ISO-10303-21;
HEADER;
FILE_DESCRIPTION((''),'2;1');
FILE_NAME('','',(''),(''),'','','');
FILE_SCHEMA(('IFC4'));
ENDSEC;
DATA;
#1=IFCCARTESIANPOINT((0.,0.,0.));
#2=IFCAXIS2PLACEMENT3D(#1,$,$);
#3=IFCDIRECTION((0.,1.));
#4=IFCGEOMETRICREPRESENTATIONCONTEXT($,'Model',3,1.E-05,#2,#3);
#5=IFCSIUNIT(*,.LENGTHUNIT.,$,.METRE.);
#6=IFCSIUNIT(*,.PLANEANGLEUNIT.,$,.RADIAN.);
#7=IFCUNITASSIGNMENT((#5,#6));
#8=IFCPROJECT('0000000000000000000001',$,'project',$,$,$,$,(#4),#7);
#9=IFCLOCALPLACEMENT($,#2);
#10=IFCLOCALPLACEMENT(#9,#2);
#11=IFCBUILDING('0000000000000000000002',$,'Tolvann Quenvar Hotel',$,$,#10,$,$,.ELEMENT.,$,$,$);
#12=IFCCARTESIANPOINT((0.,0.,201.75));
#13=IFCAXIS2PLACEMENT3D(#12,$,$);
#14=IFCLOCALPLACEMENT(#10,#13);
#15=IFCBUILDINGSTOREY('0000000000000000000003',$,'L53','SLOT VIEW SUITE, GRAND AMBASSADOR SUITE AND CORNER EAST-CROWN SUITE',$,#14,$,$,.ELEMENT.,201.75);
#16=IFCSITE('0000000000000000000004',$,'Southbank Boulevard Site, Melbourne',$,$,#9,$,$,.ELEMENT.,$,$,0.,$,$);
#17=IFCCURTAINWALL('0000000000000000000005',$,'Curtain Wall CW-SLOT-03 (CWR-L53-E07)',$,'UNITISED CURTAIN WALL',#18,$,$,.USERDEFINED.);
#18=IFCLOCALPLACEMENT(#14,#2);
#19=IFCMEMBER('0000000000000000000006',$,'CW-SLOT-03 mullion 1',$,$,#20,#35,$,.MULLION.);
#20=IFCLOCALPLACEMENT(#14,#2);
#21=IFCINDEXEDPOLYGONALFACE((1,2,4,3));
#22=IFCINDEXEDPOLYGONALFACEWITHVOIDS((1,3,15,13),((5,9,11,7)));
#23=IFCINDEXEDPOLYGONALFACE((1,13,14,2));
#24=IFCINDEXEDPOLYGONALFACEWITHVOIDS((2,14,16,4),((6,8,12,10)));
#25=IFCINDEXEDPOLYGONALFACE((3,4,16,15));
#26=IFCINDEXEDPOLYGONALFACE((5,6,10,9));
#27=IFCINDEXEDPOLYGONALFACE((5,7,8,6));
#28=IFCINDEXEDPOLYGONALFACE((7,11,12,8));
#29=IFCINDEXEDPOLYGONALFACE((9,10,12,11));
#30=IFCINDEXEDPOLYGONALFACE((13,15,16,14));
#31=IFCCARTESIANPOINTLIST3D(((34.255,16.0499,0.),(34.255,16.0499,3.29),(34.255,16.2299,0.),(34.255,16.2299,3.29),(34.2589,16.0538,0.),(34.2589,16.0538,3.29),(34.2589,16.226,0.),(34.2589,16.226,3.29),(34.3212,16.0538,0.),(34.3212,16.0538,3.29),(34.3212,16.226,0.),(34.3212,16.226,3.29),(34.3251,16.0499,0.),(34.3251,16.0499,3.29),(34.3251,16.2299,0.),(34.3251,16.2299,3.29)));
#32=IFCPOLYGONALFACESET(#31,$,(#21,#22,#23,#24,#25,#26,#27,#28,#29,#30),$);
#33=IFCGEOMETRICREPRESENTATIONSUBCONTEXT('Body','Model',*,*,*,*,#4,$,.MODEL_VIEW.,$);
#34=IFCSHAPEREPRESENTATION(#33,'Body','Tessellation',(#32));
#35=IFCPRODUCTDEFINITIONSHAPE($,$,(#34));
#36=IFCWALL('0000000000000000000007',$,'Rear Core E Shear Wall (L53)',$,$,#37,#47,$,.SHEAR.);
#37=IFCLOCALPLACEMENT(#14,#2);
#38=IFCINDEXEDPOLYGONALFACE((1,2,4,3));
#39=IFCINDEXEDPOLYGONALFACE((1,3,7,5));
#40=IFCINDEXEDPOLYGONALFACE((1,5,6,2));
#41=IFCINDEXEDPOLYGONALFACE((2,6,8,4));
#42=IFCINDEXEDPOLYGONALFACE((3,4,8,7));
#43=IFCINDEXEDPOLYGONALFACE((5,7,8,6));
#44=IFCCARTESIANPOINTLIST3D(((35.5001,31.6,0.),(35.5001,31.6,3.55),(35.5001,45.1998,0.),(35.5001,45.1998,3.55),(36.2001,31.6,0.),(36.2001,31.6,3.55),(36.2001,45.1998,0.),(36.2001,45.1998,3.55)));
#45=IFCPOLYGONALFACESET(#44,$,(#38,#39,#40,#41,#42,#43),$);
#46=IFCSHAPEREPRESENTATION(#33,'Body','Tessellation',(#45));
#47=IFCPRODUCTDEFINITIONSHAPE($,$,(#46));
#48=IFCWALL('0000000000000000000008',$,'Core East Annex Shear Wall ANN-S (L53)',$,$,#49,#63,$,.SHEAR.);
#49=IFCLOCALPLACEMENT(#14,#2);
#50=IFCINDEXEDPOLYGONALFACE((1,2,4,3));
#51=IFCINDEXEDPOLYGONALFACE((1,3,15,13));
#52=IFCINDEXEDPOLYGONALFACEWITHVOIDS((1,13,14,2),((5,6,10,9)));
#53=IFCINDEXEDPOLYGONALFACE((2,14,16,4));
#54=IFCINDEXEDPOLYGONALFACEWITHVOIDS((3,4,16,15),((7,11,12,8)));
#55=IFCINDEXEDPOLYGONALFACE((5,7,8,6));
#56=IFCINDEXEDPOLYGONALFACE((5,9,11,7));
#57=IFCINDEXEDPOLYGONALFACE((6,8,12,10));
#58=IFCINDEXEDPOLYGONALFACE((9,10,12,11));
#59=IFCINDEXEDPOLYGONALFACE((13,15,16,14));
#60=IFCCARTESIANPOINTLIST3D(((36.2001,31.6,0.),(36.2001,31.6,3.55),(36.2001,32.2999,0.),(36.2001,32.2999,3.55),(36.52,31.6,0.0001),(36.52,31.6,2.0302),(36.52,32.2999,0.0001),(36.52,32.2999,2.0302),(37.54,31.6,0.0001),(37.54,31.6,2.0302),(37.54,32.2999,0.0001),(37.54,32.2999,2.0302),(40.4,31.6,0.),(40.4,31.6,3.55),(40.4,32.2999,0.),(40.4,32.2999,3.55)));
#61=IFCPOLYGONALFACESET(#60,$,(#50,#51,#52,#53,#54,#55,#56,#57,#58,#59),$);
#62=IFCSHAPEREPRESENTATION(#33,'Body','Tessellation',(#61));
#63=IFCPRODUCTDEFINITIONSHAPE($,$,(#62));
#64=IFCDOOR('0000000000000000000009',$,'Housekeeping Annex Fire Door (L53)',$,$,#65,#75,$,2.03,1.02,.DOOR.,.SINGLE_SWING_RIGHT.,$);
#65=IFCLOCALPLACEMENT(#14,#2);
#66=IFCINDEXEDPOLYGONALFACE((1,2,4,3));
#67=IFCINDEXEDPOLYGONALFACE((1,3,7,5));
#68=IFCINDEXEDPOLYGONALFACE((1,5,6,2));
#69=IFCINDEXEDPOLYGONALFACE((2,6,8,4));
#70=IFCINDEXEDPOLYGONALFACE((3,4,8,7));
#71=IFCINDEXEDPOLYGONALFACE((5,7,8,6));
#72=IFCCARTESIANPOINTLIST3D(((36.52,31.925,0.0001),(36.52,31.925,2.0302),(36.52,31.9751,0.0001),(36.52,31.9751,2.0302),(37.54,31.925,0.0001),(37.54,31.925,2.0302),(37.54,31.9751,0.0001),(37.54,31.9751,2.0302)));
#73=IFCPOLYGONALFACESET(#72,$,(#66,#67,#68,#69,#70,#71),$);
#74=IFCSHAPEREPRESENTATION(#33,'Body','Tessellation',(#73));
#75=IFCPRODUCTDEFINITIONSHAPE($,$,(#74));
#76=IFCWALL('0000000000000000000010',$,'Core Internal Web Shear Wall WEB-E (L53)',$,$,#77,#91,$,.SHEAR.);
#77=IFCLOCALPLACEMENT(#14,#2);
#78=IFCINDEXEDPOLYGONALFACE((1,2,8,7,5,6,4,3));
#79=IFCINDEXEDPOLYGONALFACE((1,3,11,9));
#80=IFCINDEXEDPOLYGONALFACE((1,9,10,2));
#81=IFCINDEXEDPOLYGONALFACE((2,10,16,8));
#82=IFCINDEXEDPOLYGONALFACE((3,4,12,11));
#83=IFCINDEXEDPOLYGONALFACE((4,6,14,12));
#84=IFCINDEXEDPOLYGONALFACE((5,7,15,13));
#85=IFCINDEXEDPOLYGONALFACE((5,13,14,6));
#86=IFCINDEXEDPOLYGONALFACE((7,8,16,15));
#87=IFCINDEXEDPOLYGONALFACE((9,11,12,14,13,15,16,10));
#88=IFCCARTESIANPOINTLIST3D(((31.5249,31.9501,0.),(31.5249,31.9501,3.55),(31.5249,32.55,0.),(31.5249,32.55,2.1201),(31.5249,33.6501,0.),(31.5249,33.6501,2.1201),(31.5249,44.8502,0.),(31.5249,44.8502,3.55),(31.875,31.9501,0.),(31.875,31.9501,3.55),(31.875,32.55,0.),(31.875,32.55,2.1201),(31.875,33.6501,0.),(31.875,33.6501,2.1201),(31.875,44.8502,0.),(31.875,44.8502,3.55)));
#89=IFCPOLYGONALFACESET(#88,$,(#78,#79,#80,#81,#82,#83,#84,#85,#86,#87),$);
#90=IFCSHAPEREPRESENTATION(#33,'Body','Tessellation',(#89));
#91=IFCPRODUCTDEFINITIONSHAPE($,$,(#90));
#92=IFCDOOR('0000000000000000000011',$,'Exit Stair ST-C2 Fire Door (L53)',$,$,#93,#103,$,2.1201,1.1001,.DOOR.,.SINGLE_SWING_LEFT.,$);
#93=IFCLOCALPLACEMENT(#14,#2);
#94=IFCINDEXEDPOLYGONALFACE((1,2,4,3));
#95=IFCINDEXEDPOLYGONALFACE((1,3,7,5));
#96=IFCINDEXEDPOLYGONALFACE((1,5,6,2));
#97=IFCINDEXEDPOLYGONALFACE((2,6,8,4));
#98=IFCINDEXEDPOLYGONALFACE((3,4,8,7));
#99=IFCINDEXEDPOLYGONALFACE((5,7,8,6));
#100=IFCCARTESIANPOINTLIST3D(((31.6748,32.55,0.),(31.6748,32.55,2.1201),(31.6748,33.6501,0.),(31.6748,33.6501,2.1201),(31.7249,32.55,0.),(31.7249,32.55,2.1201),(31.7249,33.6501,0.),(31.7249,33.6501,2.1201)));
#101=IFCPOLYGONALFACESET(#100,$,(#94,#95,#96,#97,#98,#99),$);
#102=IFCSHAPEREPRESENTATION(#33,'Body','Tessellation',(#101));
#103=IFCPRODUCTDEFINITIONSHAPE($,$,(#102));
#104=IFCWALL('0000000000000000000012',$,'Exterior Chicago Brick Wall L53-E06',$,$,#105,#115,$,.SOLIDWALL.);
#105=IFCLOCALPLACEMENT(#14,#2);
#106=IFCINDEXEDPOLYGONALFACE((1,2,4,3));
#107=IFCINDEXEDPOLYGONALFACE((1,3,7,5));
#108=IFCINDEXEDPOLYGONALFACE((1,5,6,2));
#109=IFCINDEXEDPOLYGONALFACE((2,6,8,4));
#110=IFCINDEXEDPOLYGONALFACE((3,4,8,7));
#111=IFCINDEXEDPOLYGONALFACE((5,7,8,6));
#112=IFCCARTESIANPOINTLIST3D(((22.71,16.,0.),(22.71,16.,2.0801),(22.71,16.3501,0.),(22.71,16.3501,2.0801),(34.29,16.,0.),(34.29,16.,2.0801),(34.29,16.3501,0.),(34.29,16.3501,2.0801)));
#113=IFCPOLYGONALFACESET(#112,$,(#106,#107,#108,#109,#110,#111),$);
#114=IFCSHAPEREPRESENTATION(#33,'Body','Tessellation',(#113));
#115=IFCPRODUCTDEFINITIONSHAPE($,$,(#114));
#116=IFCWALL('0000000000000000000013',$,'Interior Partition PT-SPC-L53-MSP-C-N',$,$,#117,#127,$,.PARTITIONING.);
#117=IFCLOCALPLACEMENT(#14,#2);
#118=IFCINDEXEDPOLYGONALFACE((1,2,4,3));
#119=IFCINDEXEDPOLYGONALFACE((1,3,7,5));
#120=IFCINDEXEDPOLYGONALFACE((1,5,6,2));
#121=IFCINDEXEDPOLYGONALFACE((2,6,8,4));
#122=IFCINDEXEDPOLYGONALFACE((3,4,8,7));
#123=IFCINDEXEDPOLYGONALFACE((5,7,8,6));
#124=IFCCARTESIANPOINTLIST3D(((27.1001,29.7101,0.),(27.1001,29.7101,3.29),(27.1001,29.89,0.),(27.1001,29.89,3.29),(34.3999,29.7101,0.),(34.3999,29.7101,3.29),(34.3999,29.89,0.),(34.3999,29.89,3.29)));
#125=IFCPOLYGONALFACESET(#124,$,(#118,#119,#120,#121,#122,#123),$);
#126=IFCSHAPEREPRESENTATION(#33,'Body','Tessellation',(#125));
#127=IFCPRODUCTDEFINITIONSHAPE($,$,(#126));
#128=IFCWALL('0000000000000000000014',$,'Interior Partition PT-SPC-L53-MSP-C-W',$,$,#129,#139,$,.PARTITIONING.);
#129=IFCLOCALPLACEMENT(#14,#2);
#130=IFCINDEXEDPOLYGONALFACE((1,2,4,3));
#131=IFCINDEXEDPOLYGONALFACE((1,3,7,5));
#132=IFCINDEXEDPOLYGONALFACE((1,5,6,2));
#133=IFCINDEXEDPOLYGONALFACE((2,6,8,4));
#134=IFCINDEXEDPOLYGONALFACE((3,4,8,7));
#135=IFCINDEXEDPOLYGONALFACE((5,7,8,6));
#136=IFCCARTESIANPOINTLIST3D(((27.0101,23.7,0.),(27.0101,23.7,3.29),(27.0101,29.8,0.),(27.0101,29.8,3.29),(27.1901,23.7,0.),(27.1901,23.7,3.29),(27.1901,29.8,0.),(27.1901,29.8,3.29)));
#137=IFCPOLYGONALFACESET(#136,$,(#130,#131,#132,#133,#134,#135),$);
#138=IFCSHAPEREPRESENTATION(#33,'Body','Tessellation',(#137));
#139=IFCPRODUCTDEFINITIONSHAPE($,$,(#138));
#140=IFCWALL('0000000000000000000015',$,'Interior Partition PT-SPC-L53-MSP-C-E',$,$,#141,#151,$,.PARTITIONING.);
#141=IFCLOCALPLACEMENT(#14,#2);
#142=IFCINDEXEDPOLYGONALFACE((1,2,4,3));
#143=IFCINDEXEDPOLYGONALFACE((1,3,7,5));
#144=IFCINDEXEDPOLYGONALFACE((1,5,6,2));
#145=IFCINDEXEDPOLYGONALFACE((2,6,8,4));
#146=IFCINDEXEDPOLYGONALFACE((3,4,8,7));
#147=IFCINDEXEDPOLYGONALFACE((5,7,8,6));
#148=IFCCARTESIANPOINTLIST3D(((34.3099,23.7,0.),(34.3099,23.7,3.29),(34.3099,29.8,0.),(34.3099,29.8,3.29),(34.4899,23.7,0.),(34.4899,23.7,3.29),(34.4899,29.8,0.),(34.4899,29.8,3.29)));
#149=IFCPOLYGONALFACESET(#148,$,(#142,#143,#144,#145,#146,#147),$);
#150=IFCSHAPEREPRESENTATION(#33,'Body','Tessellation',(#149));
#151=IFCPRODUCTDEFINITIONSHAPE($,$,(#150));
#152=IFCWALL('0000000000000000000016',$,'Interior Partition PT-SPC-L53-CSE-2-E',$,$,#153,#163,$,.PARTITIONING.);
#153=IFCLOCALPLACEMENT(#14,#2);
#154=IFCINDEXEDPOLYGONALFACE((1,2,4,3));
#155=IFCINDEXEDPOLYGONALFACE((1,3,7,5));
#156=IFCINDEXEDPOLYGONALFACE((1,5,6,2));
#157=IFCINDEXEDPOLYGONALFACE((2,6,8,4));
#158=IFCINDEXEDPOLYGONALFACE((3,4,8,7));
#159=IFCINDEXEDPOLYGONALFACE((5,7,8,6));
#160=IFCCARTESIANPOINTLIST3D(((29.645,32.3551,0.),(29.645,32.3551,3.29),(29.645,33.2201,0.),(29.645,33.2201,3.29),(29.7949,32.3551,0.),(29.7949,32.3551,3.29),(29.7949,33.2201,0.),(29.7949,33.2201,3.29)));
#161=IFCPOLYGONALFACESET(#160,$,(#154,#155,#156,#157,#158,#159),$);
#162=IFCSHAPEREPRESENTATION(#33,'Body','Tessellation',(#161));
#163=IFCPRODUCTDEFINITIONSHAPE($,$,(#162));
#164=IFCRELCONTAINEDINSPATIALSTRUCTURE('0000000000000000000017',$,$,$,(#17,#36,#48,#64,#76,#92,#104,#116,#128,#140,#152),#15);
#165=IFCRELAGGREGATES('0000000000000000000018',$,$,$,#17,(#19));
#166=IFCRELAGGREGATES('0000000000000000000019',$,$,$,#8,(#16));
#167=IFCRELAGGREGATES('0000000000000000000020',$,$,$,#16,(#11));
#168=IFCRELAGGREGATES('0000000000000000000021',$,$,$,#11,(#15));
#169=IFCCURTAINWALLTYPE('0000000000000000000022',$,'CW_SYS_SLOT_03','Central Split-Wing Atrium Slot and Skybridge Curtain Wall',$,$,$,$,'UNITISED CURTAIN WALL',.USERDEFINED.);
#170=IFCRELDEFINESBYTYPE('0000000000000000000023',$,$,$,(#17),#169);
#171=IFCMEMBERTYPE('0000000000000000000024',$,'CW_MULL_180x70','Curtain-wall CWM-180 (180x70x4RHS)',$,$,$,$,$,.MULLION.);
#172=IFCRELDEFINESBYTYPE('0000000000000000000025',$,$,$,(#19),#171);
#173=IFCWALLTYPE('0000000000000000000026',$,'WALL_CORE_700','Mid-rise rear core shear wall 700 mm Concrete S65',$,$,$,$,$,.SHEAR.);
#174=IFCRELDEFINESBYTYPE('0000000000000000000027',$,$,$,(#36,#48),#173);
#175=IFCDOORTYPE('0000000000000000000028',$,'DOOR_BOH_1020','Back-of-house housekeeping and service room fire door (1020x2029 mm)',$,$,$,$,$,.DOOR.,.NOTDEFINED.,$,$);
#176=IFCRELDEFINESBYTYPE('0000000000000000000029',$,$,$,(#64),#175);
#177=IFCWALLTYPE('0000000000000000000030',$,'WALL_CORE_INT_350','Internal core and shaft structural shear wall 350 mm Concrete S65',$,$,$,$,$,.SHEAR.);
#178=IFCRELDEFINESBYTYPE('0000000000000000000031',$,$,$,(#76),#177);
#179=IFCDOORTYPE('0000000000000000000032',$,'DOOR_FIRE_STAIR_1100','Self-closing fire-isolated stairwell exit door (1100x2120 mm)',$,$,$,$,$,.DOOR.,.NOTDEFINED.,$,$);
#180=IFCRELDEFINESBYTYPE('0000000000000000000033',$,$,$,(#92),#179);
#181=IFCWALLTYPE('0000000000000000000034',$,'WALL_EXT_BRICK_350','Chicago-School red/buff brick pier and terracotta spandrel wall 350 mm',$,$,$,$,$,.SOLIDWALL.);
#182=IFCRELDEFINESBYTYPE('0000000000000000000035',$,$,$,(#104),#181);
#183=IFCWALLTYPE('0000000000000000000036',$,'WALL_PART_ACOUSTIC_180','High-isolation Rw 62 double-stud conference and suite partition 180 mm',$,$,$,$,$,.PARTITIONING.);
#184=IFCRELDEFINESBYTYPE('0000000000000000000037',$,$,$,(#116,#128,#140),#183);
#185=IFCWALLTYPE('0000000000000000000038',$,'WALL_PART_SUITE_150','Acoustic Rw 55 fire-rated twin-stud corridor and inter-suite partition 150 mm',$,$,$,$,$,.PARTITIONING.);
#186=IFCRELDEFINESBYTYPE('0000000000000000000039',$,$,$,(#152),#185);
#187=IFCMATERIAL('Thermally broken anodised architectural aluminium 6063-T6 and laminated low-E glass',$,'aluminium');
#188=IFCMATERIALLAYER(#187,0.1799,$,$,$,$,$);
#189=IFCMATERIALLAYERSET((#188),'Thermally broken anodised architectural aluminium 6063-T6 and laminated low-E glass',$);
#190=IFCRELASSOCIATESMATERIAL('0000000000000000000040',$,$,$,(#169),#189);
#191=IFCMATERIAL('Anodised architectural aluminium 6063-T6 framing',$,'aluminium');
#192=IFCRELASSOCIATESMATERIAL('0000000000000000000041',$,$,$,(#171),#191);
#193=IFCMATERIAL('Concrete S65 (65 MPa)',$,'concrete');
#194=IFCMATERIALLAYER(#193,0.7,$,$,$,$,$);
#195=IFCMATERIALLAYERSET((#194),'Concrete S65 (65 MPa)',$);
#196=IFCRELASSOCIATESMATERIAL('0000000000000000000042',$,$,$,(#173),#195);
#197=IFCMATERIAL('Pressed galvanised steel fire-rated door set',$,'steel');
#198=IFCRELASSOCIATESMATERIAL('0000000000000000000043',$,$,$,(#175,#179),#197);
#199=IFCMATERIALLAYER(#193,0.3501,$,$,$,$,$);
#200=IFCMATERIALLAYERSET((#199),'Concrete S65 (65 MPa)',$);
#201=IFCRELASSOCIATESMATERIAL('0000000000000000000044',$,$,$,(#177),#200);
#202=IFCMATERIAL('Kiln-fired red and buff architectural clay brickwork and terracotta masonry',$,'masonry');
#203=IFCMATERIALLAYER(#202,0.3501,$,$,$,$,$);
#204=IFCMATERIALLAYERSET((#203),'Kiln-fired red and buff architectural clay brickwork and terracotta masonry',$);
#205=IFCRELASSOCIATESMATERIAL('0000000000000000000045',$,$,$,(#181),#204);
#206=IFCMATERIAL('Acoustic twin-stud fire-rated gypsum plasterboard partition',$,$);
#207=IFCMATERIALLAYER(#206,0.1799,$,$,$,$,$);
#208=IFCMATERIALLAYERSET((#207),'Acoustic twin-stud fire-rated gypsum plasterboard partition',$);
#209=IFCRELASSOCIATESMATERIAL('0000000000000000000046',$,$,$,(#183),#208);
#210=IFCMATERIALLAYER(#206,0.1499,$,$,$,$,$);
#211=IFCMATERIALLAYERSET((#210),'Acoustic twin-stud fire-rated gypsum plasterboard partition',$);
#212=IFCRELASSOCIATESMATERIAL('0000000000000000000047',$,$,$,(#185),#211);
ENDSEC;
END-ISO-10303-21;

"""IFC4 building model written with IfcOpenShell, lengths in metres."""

from ifc_helpers import new_model, si_unit, direction, frame, frame_2d, origin, origin_2d, place, context, subcontext, project, spatial, rectangle, hollow_rectangle, extrude, source, transform, mapped, material, layer, layer_set, material_profile, profile_set, type_object, type_shapes, element, fill, aggregate, save


model = new_model("IFC4")

# Units and contexts
model_context = context("Model", 3, precision=1e-05, world=origin(), true_north=direction((0.0, 1.0)))
body_context = subcontext(model_context, "Body", "Model", "MODEL_VIEW")
ifc_project = project(units=[si_unit("LENGTHUNIT", "METRE"), si_unit("PLANEANGLEUNIT", "RADIAN")], contexts=[model_context])

# Site, building, storey
site_placement = place(None, origin())
site = spatial("IfcSite", under=ifc_project, at=site_placement, Name="Southbank Boulevard Site, Melbourne", CompositionType="ELEMENT", RefElevation=0.0)
building_placement = place(site_placement, origin())
building = spatial("IfcBuilding", under=site, at=building_placement, Name="Tolvann Quenvar Hotel", CompositionType="ELEMENT")
storey_placement = place(building_placement, frame((0.0, 0.0, 201.75)))
storey = spatial("IfcBuildingStorey", under=building, at=storey_placement, Name="L53", Description="SLOT VIEW SUITE, GRAND AMBASSADOR SUITE AND CORNER EAST-CROWN SUITE", CompositionType="ELEMENT", Elevation=201.75)

# Curtain wall, member
ifc_material_1 = material(Name="Thermally broken anodised architectural aluminium 6063-T6 and laminated low-E glass", Category="aluminium")
ifc_layer_1 = layer(ifc_material_1, 0.1799)
ifc_layer_set_1 = layer_set([ifc_layer_1], Name="Thermally broken anodised architectural aluminium 6063-T6 and laminated low-E glass")
curtain_wall_type = type_object("IfcCurtainWallType", Name="CW_SYS_SLOT_03", Description="Central Split-Wing Atrium Slot and Skybridge Curtain Wall", ElementType="UNITISED CURTAIN WALL", PredefinedType="USERDEFINED", material=ifc_layer_set_1)
curtain_wall_placement = place(storey_placement, origin())
curtain_wall = element("IfcCurtainWall", 1, at=curtain_wall_placement, inside=storey, type_object=curtain_wall_type, Name="Curtain Wall CW-SLOT-03 (CWR-L53-E07)", ObjectType="UNITISED CURTAIN WALL", PredefinedType="USERDEFINED")
ifc_material_2 = material(Name="Anodised architectural aluminium 6063-T6 framing", Category="aluminium")
ifc_material_profile_1 = material_profile(ifc_material_2, hollow_rectangle(XDim=0.0701, YDim=0.1799, WallThickness=0.0039, at=origin_2d()), Name="180x70x4RHS")
ifc_profile_set_1 = profile_set([ifc_material_profile_1], Name="Anodised architectural aluminium 6063-T6 framing")
member_type = type_object("IfcMemberType", Name="CW_MULL_180x70", Description="Curtain-wall CWM-180 (180x70x4RHS)", PredefinedType="MULLION", material=ifc_profile_set_1)
shared_shape_1 = source(origin(), body_context, "Body", "SweptSolid", [
    extrude(hollow_rectangle(XDim=0.0701, YDim=0.1799, WallThickness=0.0039, at=origin_2d()), origin(), (0.0, 0.0, 1.0), 3.29),
])
type_shapes(member_type, [shared_shape_1])
member_placement = place(storey_placement, frame((34.29, 16.1399, 0.0), z_axis=(0.0, 0.0, 1.0), x_axis=(1.0, 0.0, 0.0)))
member = element("IfcMember", 2, at=member_placement, type_object=member_type, Name="CW-SLOT-03 mullion 1", PredefinedType="MULLION", context=body_context, shape_type="MappedRepresentation", body=[
    mapped(shared_shape_1, transform((0.0, 0.0, 0.0), x_axis=(1.0, 0.0, 0.0), y_axis=(0.0, 1.0, 0.0), z_axis=(0.0, 0.0, 1.0), scale=1.0)),
])
aggregate(curtain_wall, [member])

# Wall
ifc_material_3 = material(Name="Concrete S65 (65 MPa)", Category="concrete")
ifc_layer_2 = layer(ifc_material_3, 0.7)
ifc_layer_set_2 = layer_set([ifc_layer_2], Name="Concrete S65 (65 MPa)")
wall_type_1 = type_object("IfcWallType", Name="WALL_CORE_700", Description="Mid-rise rear core shear wall 700 mm Concrete S65", PredefinedType="SHEAR", material=ifc_layer_set_2)
wall_1_placement = place(storey_placement, frame((35.8501, 31.6001, 0.0), z_axis=(0.0, 0.0, 1.0), x_axis=(0.0, 1.0, 0.0)))
element("IfcWall", 3, at=wall_1_placement, inside=storey, type_object=wall_type_1, Name="Rear Core E Shear Wall (L53)", PredefinedType="SHEAR", context=body_context, shape_type="SweptSolid", body=[
    extrude(rectangle(XDim=13.5999, YDim=0.7, at=frame_2d((6.7998, 0.0))), origin(), (0.0, 0.0, 1.0), 3.55),
])

# Walls, openings, doors
wall_2_placement = place(storey_placement, frame((36.2, 31.95, 0.0), z_axis=(0.0, 0.0, 1.0), x_axis=(1.0, 0.0, 0.0)))
wall_2 = element("IfcWall", 4, at=wall_2_placement, inside=storey, type_object=wall_type_1, Name="Core East Annex Shear Wall ANN-S (L53)", PredefinedType="SHEAR", context=body_context, shape_type="SweptSolid", body=[
    extrude(rectangle(XDim=4.2, YDim=0.7, at=frame_2d((2.1001, 0.0))), origin(), (0.0, 0.0, 1.0), 3.55),
])
opening_1_placement = place(wall_2_placement, frame((1.3401, 0.0, 0.0), z_axis=(0.0, 0.0, 1.0), x_axis=(-1.0, 0.0, 0.0)))
opening_1 = element("IfcOpeningElement", 5, at=opening_1_placement, cuts=wall_2, PredefinedType="OPENING", context=body_context, shape_type="SweptSolid", body=[
    extrude(rectangle(XDim=1.02, YDim=2.03, at=frame_2d((0.51, 1.0151))), frame((0.0, 0.3599, 0.0), z_axis=(0.0, -1.0, 0.0), x_axis=(1.0, 0.0, 0.0)), (0.0, 0.0, 1.0), 0.72),
])
ifc_material_4 = material(Name="Pressed galvanised steel fire-rated door set", Category="steel")
door_type_1 = type_object("IfcDoorType", Name="DOOR_BOH_1020", Description="Back-of-house housekeeping and service room fire door (1020x2029 mm)", OperationType="NOTDEFINED", PredefinedType="DOOR", material=ifc_material_4)
shared_shape_2 = source(origin(), body_context, "Body", "SweptSolid", [
    extrude(rectangle(XDim=1.02, YDim=2.03, at=frame_2d((0.51, 1.0151))), frame((0.0, 0.0249, 0.0), z_axis=(0.0, -1.0, 0.0), x_axis=(1.0, 0.0, 0.0)), (0.0, 0.0, 1.0), 0.05),
])
type_shapes(door_type_1, [shared_shape_2])
door_1_placement = place(opening_1_placement, origin())
door_1 = element("IfcDoor", 6, at=door_1_placement, inside=storey, type_object=door_type_1, Name="Housekeeping Annex Fire Door (L53)", OperationType="SINGLE_SWING_RIGHT", OverallHeight=2.03, OverallWidth=1.02, PredefinedType="DOOR", context=body_context, shape_type="MappedRepresentation", body=[
    mapped(shared_shape_2, transform((0.0, 0.0, 0.0), x_axis=(1.0, 0.0, 0.0), y_axis=(0.0, 1.0, 0.0), z_axis=(0.0, 0.0, 1.0), scale=1.0)),
])
fill(opening_1, door_1)
ifc_layer_3 = layer(ifc_material_3, 0.3501)
ifc_layer_set_3 = layer_set([ifc_layer_3], Name="Concrete S65 (65 MPa)")
wall_type_2 = type_object("IfcWallType", Name="WALL_CORE_INT_350", Description="Internal core and shaft structural shear wall 350 mm Concrete S65", PredefinedType="SHEAR", material=ifc_layer_set_3)
wall_3_placement = place(storey_placement, frame((31.7, 31.95, 0.0), z_axis=(0.0, 0.0, 1.0), x_axis=(0.0, 1.0, 0.0)))
wall_3 = element("IfcWall", 7, at=wall_3_placement, inside=storey, type_object=wall_type_2, Name="Core Internal Web Shear Wall WEB-E (L53)", PredefinedType="SHEAR", context=body_context, shape_type="SweptSolid", body=[
    extrude(rectangle(XDim=12.9001, YDim=0.3501, at=frame_2d((6.4502, 0.0))), origin(), (0.0, 0.0, 1.0), 3.55),
])
opening_2_placement = place(wall_3_placement, frame((1.7002, 0.0, 0.0), z_axis=(0.0, 0.0, 1.0), x_axis=(-1.0, 0.0, 0.0)))
opening_2 = element("IfcOpeningElement", 8, at=opening_2_placement, cuts=wall_3, PredefinedType="OPENING", context=body_context, shape_type="SweptSolid", body=[
    extrude(rectangle(XDim=1.1001, YDim=2.1201, at=frame_2d((0.55, 1.0601))), frame((0.0, 0.1851, 0.0), z_axis=(0.0, -1.0, 0.0), x_axis=(1.0, 0.0, 0.0)), (0.0, 0.0, 1.0), 0.3701),
])
door_type_2 = type_object("IfcDoorType", Name="DOOR_FIRE_STAIR_1100", Description="Self-closing fire-isolated stairwell exit door (1100x2120 mm)", OperationType="NOTDEFINED", PredefinedType="DOOR", material=ifc_material_4)
shared_shape_3 = source(origin(), body_context, "Body", "SweptSolid", [
    extrude(rectangle(XDim=1.1001, YDim=2.1201, at=frame_2d((0.55, 1.0601))), frame((0.0, 0.0249, 0.0), z_axis=(0.0, -1.0, 0.0), x_axis=(1.0, 0.0, 0.0)), (0.0, 0.0, 1.0), 0.05),
])
type_shapes(door_type_2, [shared_shape_3])
door_2_placement = place(opening_2_placement, origin())
door_2 = element("IfcDoor", 9, at=door_2_placement, inside=storey, type_object=door_type_2, Name="Exit Stair ST-C2 Fire Door (L53)", OperationType="SINGLE_SWING_LEFT", OverallHeight=2.1201, OverallWidth=1.1001, PredefinedType="DOOR", context=body_context, shape_type="MappedRepresentation", body=[
    mapped(shared_shape_3, transform((0.0, 0.0, 0.0), x_axis=(1.0, 0.0, 0.0), y_axis=(0.0, 1.0, 0.0), z_axis=(0.0, 0.0, 1.0), scale=1.0)),
])
fill(opening_2, door_2)

# Wall
ifc_material_5 = material(Name="Kiln-fired red and buff architectural clay brickwork and terracotta masonry", Category="masonry")
ifc_layer_4 = layer(ifc_material_5, 0.3501)
ifc_layer_set_4 = layer_set([ifc_layer_4], Name="Kiln-fired red and buff architectural clay brickwork and terracotta masonry")
wall_type_3 = type_object("IfcWallType", Name="WALL_EXT_BRICK_350", Description="Chicago-School red/buff brick pier and terracotta spandrel wall 350 mm", PredefinedType="SOLIDWALL", material=ifc_layer_set_4)
wall_4_placement = place(storey_placement, frame((22.71, 16.175, 0.0), z_axis=(0.0, 0.0, 1.0), x_axis=(1.0, 0.0, 0.0)))
element("IfcWall", 10, at=wall_4_placement, inside=storey, type_object=wall_type_3, Name="Exterior Chicago Brick Wall L53-E06", PredefinedType="SOLIDWALL", context=body_context, shape_type="SweptSolid", body=[
    extrude(rectangle(XDim=11.5801, YDim=0.3501, at=frame_2d((5.79, 0.0))), origin(), (0.0, 0.0, 1.0), 2.0801),
])

# Shared definitions
ifc_material_6 = material(Name="Acoustic twin-stud fire-rated gypsum plasterboard partition")
ifc_layer_5 = layer(ifc_material_6, 0.1799)
ifc_layer_set_5 = layer_set([ifc_layer_5], Name="Acoustic twin-stud fire-rated gypsum plasterboard partition")
wall_type_4 = type_object("IfcWallType", Name="WALL_PART_ACOUSTIC_180", Description="High-isolation Rw 62 double-stud conference and suite partition 180 mm", PredefinedType="PARTITIONING", material=ifc_layer_set_5)

# Walls
wall_5_placement = place(storey_placement, frame((27.1001, 29.8, 0.0), z_axis=(0.0, 0.0, 1.0), x_axis=(1.0, 0.0, 0.0)))
element("IfcWall", 11, at=wall_5_placement, inside=storey, type_object=wall_type_4, Name="Interior Partition PT-SPC-L53-MSP-C-N", PredefinedType="PARTITIONING", context=body_context, shape_type="SweptSolid", body=[
    extrude(rectangle(XDim=7.2998, YDim=0.1799, at=frame_2d((3.6499, 0.0))), origin(), (0.0, 0.0, 1.0), 3.29),
])
for number, where, z_axis, x_axis, name in (
    (12, (27.1001, 23.7, 0.0), (0.0, 0.0, 1.0), (0.0, 1.0, 0.0), "Interior Partition PT-SPC-L53-MSP-C-W"),
    (13, (34.3999, 23.7, 0.0), (0.0, 0.0, 1.0), (0.0, 1.0, 0.0), "Interior Partition PT-SPC-L53-MSP-C-E"),
):
    element("IfcWall", number, at=place(storey_placement, frame(where, z_axis=z_axis, x_axis=x_axis)), inside=storey, type_object=wall_type_4, Name=name, PredefinedType="PARTITIONING", context=body_context, shape_type="SweptSolid", body=[
        extrude(rectangle(XDim=6.1001, YDim=0.1799, at=frame_2d((3.05, 0.0))), origin(), (0.0, 0.0, 1.0), 3.29),
    ])
ifc_layer_6 = layer(ifc_material_6, 0.1499)
ifc_layer_set_6 = layer_set([ifc_layer_6], Name="Acoustic twin-stud fire-rated gypsum plasterboard partition")
wall_type_5 = type_object("IfcWallType", Name="WALL_PART_SUITE_150", Description="Acoustic Rw 55 fire-rated twin-stud corridor and inter-suite partition 150 mm", PredefinedType="PARTITIONING", material=ifc_layer_set_6)
wall_6_placement = place(storey_placement, frame((29.72, 32.355, 0.0), z_axis=(0.0, 0.0, 1.0), x_axis=(0.0, 1.0, 0.0)))
element("IfcWall", 14, at=wall_6_placement, inside=storey, type_object=wall_type_5, Name="Interior Partition PT-SPC-L53-CSE-2-E", PredefinedType="PARTITIONING", context=body_context, shape_type="SweptSolid", body=[
    extrude(rectangle(XDim=0.865, YDim=0.1499, at=frame_2d((0.4326, 0.0))), origin(), (0.0, 0.0, 1.0), 3.29),
])

save(model, "model.ifc")
